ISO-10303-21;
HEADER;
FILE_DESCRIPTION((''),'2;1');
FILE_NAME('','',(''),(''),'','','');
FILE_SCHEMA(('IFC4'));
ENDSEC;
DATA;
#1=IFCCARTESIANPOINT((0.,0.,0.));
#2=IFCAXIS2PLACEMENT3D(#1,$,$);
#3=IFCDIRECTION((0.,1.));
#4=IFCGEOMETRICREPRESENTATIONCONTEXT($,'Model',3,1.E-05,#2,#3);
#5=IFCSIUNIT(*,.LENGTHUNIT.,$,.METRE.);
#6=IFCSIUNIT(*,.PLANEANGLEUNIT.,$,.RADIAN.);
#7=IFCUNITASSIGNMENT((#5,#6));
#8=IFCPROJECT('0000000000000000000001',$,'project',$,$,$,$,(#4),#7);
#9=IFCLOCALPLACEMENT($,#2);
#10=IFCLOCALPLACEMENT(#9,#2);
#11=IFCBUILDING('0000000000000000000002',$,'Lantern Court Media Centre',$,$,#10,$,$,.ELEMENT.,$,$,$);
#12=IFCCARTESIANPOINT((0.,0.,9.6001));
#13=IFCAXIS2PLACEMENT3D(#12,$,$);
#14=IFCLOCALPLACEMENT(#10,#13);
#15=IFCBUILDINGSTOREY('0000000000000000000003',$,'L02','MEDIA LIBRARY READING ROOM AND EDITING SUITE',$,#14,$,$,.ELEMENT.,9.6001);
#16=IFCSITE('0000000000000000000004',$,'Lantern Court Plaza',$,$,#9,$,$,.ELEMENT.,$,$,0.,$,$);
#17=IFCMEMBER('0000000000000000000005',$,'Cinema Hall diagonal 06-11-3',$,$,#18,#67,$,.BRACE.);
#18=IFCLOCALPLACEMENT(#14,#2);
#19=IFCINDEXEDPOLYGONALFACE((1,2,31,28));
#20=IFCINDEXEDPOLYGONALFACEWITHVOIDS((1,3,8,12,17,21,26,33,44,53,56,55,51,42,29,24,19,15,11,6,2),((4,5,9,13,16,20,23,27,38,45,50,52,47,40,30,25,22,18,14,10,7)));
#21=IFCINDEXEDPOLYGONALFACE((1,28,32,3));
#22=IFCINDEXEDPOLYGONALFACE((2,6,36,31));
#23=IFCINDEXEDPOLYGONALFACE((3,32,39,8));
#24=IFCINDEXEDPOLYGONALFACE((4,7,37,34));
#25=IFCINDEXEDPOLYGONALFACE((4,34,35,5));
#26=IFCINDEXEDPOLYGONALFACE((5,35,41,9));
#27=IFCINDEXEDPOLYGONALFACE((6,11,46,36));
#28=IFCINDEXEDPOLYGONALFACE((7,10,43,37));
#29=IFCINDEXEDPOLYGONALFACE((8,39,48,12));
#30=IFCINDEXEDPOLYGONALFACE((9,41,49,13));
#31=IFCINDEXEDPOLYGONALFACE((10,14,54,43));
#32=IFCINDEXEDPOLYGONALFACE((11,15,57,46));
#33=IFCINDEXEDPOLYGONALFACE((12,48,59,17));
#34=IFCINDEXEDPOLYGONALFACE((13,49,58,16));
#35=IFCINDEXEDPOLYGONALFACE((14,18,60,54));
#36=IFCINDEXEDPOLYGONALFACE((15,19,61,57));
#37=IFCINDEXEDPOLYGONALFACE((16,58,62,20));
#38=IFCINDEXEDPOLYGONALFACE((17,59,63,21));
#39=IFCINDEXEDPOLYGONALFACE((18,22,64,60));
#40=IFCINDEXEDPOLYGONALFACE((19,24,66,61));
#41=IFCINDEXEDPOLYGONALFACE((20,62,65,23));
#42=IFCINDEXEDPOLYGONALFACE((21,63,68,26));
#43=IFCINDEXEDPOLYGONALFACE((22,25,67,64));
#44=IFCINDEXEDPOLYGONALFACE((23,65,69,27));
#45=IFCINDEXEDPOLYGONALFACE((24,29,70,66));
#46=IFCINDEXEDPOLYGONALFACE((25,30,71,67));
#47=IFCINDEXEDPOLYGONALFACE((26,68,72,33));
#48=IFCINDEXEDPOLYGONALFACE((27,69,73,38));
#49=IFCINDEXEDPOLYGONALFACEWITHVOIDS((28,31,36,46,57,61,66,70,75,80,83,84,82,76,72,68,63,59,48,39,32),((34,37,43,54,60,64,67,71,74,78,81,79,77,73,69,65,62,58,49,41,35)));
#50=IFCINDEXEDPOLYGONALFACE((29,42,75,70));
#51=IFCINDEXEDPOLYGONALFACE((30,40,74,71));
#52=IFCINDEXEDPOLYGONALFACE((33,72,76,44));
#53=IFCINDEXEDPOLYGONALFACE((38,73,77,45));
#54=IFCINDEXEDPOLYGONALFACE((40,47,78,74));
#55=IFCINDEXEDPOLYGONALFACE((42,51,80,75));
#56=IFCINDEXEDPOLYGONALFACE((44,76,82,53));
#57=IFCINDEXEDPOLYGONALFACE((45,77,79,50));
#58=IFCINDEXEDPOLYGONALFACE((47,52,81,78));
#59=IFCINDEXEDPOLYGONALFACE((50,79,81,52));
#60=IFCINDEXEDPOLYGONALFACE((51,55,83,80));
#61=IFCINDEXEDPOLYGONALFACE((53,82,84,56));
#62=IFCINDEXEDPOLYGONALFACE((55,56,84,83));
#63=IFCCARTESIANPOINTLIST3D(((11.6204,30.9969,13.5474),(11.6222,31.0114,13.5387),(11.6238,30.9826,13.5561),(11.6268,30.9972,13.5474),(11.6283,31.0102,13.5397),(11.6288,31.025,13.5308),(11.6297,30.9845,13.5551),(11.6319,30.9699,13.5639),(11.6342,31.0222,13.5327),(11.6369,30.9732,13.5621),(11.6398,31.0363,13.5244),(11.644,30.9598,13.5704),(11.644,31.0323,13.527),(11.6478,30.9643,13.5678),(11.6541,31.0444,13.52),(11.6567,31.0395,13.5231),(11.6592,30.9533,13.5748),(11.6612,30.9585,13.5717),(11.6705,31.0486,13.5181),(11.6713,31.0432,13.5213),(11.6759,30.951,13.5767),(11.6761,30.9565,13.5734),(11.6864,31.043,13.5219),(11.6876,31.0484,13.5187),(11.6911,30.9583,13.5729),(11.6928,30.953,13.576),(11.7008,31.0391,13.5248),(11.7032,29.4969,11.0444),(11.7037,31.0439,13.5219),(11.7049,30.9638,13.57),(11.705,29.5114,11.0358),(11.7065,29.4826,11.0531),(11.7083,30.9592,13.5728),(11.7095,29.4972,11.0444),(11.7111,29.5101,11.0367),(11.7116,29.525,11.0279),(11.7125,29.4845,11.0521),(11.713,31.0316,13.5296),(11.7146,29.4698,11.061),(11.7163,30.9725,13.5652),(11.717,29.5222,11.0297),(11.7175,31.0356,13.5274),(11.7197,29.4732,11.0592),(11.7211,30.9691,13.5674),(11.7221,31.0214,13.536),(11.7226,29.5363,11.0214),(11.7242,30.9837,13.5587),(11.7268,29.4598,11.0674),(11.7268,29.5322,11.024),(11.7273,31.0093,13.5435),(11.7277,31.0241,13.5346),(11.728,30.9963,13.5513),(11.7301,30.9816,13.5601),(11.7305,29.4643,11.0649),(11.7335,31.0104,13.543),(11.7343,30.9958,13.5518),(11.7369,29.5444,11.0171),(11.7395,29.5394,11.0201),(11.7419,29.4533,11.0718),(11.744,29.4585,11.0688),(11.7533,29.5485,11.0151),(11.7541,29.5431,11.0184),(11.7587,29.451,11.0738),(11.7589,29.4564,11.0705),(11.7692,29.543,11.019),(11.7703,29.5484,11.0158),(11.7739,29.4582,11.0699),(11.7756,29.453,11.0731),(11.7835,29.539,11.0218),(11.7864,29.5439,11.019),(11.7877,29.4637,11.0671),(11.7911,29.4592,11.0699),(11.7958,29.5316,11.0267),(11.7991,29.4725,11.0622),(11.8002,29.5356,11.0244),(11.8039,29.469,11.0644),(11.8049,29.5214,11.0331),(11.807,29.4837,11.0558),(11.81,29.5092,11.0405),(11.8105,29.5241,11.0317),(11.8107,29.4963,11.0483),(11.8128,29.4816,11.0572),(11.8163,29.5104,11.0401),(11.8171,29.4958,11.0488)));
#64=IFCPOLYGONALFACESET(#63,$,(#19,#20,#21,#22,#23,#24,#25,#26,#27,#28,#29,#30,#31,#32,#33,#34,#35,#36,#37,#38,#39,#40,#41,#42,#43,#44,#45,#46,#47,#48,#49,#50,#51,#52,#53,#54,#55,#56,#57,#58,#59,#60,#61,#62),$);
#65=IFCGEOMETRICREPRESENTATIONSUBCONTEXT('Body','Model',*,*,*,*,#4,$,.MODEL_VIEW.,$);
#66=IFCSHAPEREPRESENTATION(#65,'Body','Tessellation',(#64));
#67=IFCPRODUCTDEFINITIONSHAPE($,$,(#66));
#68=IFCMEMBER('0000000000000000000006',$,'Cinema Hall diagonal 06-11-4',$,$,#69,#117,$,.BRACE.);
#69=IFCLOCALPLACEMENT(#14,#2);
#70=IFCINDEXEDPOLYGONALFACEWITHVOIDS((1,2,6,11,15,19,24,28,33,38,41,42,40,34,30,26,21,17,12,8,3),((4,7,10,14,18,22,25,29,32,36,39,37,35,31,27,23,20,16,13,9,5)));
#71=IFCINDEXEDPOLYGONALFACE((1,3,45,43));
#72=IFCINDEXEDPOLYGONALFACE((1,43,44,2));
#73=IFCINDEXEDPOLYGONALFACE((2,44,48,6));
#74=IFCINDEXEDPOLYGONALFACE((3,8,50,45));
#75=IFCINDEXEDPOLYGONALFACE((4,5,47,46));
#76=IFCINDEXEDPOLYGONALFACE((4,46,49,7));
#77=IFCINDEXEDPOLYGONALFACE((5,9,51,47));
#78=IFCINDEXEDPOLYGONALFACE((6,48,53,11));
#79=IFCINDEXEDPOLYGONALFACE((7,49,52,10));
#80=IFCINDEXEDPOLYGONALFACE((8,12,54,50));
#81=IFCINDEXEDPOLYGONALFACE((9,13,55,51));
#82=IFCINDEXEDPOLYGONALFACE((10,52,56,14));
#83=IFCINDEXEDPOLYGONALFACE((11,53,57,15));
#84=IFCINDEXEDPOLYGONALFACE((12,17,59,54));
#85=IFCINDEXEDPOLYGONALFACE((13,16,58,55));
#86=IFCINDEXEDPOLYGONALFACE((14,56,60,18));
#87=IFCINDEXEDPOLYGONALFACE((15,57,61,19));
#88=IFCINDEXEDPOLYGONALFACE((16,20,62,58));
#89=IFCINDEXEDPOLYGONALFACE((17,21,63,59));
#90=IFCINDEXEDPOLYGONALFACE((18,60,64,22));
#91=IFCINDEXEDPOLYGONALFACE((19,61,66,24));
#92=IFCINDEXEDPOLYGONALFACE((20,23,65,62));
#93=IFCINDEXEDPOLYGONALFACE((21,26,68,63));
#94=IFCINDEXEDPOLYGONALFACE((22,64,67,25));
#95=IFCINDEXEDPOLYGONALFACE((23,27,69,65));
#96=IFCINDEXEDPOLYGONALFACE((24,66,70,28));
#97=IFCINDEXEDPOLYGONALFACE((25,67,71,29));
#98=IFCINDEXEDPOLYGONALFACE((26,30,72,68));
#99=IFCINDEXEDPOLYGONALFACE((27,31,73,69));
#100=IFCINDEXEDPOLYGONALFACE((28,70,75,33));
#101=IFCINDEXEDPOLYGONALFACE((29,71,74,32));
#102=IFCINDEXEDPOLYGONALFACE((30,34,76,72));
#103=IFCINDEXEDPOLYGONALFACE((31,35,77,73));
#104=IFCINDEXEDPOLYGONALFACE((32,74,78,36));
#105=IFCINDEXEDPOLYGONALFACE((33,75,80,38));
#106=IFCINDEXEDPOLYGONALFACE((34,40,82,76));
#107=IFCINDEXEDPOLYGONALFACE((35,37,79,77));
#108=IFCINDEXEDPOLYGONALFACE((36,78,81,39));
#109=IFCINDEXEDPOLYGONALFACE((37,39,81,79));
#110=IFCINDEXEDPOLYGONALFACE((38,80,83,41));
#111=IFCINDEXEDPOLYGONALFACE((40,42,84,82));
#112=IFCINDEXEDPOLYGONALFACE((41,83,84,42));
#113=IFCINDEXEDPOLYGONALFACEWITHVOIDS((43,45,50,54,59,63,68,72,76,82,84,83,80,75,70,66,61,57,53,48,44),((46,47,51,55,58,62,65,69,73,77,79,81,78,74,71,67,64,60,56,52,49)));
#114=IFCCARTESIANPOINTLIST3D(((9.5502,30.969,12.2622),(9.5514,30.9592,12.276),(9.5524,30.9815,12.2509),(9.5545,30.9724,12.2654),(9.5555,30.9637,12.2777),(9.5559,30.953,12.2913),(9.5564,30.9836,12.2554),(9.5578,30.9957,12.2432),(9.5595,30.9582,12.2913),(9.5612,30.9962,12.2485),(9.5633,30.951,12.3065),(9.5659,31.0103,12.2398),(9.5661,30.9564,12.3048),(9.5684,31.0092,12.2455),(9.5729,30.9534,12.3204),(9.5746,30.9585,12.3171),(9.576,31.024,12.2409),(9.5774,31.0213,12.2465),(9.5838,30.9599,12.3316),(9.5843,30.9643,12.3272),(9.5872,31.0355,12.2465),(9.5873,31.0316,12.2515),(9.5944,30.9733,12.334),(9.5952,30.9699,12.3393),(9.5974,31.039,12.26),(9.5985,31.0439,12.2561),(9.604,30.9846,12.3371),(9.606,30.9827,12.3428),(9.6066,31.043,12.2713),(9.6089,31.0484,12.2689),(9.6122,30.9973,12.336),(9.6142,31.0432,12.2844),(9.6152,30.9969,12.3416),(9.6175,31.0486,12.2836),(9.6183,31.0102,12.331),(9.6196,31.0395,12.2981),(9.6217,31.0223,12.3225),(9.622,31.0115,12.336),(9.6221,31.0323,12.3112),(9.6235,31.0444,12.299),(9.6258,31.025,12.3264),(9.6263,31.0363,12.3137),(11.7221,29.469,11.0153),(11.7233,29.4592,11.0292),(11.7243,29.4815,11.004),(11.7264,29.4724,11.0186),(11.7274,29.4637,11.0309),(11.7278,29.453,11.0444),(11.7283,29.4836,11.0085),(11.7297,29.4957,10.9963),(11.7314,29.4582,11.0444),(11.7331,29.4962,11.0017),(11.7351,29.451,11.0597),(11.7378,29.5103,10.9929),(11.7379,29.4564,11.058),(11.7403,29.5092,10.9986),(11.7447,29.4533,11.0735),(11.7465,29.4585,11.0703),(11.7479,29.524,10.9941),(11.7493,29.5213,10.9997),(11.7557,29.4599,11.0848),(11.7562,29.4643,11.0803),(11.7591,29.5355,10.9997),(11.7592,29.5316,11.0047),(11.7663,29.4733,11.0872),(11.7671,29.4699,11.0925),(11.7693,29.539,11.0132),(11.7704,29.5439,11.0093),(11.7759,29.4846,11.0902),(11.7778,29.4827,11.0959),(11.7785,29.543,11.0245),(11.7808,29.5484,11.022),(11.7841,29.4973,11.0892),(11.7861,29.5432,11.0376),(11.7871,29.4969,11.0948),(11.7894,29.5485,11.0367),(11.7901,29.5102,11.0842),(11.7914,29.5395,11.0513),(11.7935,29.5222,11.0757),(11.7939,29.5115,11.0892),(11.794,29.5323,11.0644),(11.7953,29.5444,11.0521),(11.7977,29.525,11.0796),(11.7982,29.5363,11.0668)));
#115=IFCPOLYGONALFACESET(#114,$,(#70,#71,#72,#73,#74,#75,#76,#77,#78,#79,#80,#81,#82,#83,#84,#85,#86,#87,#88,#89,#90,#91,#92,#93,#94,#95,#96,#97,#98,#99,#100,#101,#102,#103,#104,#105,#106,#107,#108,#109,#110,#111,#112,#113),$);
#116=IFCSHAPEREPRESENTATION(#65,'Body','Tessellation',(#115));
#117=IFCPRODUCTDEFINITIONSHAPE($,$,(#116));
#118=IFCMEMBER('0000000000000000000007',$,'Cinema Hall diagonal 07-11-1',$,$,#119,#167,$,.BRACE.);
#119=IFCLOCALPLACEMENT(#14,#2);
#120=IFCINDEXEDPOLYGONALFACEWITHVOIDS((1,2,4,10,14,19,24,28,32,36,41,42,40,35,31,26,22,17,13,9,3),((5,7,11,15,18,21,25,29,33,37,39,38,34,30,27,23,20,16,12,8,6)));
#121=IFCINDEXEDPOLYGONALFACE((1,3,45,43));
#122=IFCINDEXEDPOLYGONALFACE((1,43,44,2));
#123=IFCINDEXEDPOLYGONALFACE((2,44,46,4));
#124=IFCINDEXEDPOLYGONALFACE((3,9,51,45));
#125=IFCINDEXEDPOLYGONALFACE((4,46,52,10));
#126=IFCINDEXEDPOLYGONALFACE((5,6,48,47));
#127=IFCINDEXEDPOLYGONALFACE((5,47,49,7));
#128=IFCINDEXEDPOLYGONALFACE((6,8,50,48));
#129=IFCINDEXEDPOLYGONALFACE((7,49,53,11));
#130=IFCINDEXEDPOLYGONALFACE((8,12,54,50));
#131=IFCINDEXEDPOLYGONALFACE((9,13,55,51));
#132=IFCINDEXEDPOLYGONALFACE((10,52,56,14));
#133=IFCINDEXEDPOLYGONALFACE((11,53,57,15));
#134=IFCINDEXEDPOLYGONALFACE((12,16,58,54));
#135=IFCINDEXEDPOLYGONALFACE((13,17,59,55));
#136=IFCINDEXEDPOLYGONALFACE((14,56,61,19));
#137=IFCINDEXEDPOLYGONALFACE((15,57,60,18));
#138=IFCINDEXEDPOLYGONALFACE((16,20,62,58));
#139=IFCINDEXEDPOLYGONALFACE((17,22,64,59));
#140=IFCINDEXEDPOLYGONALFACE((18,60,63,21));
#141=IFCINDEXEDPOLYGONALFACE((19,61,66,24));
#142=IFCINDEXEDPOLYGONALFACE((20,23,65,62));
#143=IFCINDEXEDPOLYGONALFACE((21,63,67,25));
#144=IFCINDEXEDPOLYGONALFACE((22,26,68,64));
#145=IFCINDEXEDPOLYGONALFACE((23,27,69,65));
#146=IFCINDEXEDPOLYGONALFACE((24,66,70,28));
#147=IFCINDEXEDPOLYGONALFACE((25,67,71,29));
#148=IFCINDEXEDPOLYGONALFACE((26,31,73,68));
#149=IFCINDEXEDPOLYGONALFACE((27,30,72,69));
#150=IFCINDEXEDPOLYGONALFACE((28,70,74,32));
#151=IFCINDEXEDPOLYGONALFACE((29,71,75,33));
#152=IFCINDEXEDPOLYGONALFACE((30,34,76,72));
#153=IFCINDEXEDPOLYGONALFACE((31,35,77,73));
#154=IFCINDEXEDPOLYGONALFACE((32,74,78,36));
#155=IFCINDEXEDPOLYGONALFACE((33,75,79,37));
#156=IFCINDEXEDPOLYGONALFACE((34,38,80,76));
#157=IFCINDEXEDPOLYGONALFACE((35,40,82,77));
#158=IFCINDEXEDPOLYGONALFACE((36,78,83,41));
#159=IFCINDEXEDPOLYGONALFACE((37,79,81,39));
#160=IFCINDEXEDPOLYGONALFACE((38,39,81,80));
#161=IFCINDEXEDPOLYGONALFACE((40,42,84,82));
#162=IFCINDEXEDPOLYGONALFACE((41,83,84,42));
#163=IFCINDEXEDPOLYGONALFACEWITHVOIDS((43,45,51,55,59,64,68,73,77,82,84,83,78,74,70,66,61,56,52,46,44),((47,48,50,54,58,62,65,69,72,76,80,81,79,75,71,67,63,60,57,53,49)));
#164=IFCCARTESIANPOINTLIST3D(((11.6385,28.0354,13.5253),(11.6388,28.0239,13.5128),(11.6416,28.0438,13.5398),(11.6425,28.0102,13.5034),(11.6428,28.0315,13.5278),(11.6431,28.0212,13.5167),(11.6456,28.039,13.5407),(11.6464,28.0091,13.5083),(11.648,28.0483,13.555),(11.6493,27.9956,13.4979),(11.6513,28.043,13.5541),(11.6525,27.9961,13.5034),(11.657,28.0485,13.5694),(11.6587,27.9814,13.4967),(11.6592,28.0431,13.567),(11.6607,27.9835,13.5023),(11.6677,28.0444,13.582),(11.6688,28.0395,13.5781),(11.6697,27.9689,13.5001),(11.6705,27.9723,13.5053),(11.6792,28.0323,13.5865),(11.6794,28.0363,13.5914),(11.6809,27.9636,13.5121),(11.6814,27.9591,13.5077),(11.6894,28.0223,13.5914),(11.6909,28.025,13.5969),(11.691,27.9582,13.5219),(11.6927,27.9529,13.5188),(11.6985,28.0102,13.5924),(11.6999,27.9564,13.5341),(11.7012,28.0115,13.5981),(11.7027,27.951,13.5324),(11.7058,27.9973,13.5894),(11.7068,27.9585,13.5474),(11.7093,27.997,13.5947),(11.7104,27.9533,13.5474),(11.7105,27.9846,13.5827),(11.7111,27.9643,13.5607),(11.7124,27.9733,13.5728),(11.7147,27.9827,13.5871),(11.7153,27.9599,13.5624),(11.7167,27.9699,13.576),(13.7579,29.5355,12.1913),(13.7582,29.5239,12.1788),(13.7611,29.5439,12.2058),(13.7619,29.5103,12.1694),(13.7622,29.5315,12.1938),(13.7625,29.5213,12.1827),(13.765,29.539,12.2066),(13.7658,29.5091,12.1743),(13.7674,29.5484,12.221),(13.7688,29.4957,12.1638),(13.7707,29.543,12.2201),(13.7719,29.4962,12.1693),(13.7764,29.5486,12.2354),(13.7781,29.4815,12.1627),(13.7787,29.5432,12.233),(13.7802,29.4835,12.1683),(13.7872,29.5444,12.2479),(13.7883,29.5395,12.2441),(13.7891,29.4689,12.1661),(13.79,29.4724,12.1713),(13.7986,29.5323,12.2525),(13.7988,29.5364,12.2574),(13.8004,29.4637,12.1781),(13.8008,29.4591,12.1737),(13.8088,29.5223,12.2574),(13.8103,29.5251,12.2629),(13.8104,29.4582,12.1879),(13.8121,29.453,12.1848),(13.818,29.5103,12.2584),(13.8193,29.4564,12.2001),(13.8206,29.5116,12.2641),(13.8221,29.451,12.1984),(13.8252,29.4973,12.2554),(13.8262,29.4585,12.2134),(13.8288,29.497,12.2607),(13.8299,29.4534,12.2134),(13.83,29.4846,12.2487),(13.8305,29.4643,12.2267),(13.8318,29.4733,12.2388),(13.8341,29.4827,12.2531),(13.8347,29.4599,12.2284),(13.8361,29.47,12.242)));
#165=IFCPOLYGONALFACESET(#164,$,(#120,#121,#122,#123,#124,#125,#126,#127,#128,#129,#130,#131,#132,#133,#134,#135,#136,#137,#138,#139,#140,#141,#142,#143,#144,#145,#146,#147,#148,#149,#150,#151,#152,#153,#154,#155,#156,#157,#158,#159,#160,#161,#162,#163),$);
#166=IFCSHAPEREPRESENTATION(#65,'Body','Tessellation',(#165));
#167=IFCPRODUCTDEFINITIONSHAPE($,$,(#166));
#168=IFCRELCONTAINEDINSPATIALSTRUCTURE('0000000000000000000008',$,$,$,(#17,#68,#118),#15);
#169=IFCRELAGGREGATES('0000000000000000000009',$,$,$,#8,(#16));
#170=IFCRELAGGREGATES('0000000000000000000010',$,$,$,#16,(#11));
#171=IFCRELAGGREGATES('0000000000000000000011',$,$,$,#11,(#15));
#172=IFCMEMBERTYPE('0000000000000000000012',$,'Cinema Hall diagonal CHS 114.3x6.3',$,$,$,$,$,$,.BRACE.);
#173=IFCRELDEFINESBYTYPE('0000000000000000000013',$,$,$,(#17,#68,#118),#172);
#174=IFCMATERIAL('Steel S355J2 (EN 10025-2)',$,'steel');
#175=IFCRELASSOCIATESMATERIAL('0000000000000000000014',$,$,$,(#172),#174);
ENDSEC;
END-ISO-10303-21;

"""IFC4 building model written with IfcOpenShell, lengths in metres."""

from ifc_helpers import new_model, si_unit, direction, frame, origin, origin_2d, place, context, subcontext, project, spatial, hollow_circle, extrude, material, material_profile, profile_set, type_object, element, save


model = new_model("IFC4")

# Units and contexts
model_context = context("Model", 3, precision=1e-05, world=origin(), true_north=direction((0.0, 1.0)))
body_context = subcontext(model_context, "Body", "Model", "MODEL_VIEW")
ifc_project = project(units=[si_unit("LENGTHUNIT", "METRE"), si_unit("PLANEANGLEUNIT", "RADIAN")], contexts=[model_context])

# Site, building, storey
site_placement = place(None, origin())
site = spatial("IfcSite", under=ifc_project, at=site_placement, Name="Lantern Court Plaza", CompositionType="ELEMENT", RefElevation=0.0)
building_placement = place(site_placement, origin())
building = spatial("IfcBuilding", under=site, at=building_placement, Name="Lantern Court Media Centre", CompositionType="ELEMENT")
storey_placement = place(building_placement, frame((0.0, 0.0, 9.6001)))
storey = spatial("IfcBuildingStorey", under=building, at=storey_placement, Name="L02", Description="MEDIA LIBRARY READING ROOM AND EDITING SUITE", CompositionType="ELEMENT", Elevation=9.6001)

# Members
ifc_material = material(Name="Steel S355J2 (EN 10025-2)", Category="steel")
ifc_material_profile_1 = material_profile(ifc_material, hollow_circle(Radius=0.0571, WallThickness=0.0063, at=origin_2d()), Name="Cinema Hall diagonal CHS 114.3x6.3")
ifc_profile_set_1 = profile_set([ifc_material_profile_1], Name="Steel S355J2 (EN 10025-2)")
member_type_1 = type_object("IfcMemberType", Name="Cinema Hall diagonal CHS 114.3x6.3", PredefinedType="BRACE", material=ifc_profile_set_1)
for number, where, z_axis, x_axis, name in (
    (1, (11.7603, 29.5, 11.0444), (-0.028352, 0.513846, 0.857414), (-0.998481, -0.055092, 0.0), "Cinema Hall diagonal 06-11-3"),
    (2, (11.7603, 29.5, 11.0444), (-0.744002, 0.513843, 0.427115), (-0.568286, -0.822831, 0.0), "Cinema Hall diagonal 06-11-4"),
    (3, (13.7969, 29.5, 12.2134), (-0.726034, -0.513852, 0.45698), (0.577702, -0.816248, 0.0), "Cinema Hall diagonal 07-11-1"),
):
    element("IfcMember", number, at=place(storey_placement, frame(where, z_axis=z_axis, x_axis=x_axis)), inside=storey, type_object=member_type_1, Name=name, PredefinedType="BRACE", context=body_context, shape_type="SweptSolid", body=[
        extrude(hollow_circle(Radius=0.0571, WallThickness=0.0063, at=origin_2d()), origin(), (0.0, 0.0, 1.0), 2.9192),
    ])

save(model, "model.ifc")
